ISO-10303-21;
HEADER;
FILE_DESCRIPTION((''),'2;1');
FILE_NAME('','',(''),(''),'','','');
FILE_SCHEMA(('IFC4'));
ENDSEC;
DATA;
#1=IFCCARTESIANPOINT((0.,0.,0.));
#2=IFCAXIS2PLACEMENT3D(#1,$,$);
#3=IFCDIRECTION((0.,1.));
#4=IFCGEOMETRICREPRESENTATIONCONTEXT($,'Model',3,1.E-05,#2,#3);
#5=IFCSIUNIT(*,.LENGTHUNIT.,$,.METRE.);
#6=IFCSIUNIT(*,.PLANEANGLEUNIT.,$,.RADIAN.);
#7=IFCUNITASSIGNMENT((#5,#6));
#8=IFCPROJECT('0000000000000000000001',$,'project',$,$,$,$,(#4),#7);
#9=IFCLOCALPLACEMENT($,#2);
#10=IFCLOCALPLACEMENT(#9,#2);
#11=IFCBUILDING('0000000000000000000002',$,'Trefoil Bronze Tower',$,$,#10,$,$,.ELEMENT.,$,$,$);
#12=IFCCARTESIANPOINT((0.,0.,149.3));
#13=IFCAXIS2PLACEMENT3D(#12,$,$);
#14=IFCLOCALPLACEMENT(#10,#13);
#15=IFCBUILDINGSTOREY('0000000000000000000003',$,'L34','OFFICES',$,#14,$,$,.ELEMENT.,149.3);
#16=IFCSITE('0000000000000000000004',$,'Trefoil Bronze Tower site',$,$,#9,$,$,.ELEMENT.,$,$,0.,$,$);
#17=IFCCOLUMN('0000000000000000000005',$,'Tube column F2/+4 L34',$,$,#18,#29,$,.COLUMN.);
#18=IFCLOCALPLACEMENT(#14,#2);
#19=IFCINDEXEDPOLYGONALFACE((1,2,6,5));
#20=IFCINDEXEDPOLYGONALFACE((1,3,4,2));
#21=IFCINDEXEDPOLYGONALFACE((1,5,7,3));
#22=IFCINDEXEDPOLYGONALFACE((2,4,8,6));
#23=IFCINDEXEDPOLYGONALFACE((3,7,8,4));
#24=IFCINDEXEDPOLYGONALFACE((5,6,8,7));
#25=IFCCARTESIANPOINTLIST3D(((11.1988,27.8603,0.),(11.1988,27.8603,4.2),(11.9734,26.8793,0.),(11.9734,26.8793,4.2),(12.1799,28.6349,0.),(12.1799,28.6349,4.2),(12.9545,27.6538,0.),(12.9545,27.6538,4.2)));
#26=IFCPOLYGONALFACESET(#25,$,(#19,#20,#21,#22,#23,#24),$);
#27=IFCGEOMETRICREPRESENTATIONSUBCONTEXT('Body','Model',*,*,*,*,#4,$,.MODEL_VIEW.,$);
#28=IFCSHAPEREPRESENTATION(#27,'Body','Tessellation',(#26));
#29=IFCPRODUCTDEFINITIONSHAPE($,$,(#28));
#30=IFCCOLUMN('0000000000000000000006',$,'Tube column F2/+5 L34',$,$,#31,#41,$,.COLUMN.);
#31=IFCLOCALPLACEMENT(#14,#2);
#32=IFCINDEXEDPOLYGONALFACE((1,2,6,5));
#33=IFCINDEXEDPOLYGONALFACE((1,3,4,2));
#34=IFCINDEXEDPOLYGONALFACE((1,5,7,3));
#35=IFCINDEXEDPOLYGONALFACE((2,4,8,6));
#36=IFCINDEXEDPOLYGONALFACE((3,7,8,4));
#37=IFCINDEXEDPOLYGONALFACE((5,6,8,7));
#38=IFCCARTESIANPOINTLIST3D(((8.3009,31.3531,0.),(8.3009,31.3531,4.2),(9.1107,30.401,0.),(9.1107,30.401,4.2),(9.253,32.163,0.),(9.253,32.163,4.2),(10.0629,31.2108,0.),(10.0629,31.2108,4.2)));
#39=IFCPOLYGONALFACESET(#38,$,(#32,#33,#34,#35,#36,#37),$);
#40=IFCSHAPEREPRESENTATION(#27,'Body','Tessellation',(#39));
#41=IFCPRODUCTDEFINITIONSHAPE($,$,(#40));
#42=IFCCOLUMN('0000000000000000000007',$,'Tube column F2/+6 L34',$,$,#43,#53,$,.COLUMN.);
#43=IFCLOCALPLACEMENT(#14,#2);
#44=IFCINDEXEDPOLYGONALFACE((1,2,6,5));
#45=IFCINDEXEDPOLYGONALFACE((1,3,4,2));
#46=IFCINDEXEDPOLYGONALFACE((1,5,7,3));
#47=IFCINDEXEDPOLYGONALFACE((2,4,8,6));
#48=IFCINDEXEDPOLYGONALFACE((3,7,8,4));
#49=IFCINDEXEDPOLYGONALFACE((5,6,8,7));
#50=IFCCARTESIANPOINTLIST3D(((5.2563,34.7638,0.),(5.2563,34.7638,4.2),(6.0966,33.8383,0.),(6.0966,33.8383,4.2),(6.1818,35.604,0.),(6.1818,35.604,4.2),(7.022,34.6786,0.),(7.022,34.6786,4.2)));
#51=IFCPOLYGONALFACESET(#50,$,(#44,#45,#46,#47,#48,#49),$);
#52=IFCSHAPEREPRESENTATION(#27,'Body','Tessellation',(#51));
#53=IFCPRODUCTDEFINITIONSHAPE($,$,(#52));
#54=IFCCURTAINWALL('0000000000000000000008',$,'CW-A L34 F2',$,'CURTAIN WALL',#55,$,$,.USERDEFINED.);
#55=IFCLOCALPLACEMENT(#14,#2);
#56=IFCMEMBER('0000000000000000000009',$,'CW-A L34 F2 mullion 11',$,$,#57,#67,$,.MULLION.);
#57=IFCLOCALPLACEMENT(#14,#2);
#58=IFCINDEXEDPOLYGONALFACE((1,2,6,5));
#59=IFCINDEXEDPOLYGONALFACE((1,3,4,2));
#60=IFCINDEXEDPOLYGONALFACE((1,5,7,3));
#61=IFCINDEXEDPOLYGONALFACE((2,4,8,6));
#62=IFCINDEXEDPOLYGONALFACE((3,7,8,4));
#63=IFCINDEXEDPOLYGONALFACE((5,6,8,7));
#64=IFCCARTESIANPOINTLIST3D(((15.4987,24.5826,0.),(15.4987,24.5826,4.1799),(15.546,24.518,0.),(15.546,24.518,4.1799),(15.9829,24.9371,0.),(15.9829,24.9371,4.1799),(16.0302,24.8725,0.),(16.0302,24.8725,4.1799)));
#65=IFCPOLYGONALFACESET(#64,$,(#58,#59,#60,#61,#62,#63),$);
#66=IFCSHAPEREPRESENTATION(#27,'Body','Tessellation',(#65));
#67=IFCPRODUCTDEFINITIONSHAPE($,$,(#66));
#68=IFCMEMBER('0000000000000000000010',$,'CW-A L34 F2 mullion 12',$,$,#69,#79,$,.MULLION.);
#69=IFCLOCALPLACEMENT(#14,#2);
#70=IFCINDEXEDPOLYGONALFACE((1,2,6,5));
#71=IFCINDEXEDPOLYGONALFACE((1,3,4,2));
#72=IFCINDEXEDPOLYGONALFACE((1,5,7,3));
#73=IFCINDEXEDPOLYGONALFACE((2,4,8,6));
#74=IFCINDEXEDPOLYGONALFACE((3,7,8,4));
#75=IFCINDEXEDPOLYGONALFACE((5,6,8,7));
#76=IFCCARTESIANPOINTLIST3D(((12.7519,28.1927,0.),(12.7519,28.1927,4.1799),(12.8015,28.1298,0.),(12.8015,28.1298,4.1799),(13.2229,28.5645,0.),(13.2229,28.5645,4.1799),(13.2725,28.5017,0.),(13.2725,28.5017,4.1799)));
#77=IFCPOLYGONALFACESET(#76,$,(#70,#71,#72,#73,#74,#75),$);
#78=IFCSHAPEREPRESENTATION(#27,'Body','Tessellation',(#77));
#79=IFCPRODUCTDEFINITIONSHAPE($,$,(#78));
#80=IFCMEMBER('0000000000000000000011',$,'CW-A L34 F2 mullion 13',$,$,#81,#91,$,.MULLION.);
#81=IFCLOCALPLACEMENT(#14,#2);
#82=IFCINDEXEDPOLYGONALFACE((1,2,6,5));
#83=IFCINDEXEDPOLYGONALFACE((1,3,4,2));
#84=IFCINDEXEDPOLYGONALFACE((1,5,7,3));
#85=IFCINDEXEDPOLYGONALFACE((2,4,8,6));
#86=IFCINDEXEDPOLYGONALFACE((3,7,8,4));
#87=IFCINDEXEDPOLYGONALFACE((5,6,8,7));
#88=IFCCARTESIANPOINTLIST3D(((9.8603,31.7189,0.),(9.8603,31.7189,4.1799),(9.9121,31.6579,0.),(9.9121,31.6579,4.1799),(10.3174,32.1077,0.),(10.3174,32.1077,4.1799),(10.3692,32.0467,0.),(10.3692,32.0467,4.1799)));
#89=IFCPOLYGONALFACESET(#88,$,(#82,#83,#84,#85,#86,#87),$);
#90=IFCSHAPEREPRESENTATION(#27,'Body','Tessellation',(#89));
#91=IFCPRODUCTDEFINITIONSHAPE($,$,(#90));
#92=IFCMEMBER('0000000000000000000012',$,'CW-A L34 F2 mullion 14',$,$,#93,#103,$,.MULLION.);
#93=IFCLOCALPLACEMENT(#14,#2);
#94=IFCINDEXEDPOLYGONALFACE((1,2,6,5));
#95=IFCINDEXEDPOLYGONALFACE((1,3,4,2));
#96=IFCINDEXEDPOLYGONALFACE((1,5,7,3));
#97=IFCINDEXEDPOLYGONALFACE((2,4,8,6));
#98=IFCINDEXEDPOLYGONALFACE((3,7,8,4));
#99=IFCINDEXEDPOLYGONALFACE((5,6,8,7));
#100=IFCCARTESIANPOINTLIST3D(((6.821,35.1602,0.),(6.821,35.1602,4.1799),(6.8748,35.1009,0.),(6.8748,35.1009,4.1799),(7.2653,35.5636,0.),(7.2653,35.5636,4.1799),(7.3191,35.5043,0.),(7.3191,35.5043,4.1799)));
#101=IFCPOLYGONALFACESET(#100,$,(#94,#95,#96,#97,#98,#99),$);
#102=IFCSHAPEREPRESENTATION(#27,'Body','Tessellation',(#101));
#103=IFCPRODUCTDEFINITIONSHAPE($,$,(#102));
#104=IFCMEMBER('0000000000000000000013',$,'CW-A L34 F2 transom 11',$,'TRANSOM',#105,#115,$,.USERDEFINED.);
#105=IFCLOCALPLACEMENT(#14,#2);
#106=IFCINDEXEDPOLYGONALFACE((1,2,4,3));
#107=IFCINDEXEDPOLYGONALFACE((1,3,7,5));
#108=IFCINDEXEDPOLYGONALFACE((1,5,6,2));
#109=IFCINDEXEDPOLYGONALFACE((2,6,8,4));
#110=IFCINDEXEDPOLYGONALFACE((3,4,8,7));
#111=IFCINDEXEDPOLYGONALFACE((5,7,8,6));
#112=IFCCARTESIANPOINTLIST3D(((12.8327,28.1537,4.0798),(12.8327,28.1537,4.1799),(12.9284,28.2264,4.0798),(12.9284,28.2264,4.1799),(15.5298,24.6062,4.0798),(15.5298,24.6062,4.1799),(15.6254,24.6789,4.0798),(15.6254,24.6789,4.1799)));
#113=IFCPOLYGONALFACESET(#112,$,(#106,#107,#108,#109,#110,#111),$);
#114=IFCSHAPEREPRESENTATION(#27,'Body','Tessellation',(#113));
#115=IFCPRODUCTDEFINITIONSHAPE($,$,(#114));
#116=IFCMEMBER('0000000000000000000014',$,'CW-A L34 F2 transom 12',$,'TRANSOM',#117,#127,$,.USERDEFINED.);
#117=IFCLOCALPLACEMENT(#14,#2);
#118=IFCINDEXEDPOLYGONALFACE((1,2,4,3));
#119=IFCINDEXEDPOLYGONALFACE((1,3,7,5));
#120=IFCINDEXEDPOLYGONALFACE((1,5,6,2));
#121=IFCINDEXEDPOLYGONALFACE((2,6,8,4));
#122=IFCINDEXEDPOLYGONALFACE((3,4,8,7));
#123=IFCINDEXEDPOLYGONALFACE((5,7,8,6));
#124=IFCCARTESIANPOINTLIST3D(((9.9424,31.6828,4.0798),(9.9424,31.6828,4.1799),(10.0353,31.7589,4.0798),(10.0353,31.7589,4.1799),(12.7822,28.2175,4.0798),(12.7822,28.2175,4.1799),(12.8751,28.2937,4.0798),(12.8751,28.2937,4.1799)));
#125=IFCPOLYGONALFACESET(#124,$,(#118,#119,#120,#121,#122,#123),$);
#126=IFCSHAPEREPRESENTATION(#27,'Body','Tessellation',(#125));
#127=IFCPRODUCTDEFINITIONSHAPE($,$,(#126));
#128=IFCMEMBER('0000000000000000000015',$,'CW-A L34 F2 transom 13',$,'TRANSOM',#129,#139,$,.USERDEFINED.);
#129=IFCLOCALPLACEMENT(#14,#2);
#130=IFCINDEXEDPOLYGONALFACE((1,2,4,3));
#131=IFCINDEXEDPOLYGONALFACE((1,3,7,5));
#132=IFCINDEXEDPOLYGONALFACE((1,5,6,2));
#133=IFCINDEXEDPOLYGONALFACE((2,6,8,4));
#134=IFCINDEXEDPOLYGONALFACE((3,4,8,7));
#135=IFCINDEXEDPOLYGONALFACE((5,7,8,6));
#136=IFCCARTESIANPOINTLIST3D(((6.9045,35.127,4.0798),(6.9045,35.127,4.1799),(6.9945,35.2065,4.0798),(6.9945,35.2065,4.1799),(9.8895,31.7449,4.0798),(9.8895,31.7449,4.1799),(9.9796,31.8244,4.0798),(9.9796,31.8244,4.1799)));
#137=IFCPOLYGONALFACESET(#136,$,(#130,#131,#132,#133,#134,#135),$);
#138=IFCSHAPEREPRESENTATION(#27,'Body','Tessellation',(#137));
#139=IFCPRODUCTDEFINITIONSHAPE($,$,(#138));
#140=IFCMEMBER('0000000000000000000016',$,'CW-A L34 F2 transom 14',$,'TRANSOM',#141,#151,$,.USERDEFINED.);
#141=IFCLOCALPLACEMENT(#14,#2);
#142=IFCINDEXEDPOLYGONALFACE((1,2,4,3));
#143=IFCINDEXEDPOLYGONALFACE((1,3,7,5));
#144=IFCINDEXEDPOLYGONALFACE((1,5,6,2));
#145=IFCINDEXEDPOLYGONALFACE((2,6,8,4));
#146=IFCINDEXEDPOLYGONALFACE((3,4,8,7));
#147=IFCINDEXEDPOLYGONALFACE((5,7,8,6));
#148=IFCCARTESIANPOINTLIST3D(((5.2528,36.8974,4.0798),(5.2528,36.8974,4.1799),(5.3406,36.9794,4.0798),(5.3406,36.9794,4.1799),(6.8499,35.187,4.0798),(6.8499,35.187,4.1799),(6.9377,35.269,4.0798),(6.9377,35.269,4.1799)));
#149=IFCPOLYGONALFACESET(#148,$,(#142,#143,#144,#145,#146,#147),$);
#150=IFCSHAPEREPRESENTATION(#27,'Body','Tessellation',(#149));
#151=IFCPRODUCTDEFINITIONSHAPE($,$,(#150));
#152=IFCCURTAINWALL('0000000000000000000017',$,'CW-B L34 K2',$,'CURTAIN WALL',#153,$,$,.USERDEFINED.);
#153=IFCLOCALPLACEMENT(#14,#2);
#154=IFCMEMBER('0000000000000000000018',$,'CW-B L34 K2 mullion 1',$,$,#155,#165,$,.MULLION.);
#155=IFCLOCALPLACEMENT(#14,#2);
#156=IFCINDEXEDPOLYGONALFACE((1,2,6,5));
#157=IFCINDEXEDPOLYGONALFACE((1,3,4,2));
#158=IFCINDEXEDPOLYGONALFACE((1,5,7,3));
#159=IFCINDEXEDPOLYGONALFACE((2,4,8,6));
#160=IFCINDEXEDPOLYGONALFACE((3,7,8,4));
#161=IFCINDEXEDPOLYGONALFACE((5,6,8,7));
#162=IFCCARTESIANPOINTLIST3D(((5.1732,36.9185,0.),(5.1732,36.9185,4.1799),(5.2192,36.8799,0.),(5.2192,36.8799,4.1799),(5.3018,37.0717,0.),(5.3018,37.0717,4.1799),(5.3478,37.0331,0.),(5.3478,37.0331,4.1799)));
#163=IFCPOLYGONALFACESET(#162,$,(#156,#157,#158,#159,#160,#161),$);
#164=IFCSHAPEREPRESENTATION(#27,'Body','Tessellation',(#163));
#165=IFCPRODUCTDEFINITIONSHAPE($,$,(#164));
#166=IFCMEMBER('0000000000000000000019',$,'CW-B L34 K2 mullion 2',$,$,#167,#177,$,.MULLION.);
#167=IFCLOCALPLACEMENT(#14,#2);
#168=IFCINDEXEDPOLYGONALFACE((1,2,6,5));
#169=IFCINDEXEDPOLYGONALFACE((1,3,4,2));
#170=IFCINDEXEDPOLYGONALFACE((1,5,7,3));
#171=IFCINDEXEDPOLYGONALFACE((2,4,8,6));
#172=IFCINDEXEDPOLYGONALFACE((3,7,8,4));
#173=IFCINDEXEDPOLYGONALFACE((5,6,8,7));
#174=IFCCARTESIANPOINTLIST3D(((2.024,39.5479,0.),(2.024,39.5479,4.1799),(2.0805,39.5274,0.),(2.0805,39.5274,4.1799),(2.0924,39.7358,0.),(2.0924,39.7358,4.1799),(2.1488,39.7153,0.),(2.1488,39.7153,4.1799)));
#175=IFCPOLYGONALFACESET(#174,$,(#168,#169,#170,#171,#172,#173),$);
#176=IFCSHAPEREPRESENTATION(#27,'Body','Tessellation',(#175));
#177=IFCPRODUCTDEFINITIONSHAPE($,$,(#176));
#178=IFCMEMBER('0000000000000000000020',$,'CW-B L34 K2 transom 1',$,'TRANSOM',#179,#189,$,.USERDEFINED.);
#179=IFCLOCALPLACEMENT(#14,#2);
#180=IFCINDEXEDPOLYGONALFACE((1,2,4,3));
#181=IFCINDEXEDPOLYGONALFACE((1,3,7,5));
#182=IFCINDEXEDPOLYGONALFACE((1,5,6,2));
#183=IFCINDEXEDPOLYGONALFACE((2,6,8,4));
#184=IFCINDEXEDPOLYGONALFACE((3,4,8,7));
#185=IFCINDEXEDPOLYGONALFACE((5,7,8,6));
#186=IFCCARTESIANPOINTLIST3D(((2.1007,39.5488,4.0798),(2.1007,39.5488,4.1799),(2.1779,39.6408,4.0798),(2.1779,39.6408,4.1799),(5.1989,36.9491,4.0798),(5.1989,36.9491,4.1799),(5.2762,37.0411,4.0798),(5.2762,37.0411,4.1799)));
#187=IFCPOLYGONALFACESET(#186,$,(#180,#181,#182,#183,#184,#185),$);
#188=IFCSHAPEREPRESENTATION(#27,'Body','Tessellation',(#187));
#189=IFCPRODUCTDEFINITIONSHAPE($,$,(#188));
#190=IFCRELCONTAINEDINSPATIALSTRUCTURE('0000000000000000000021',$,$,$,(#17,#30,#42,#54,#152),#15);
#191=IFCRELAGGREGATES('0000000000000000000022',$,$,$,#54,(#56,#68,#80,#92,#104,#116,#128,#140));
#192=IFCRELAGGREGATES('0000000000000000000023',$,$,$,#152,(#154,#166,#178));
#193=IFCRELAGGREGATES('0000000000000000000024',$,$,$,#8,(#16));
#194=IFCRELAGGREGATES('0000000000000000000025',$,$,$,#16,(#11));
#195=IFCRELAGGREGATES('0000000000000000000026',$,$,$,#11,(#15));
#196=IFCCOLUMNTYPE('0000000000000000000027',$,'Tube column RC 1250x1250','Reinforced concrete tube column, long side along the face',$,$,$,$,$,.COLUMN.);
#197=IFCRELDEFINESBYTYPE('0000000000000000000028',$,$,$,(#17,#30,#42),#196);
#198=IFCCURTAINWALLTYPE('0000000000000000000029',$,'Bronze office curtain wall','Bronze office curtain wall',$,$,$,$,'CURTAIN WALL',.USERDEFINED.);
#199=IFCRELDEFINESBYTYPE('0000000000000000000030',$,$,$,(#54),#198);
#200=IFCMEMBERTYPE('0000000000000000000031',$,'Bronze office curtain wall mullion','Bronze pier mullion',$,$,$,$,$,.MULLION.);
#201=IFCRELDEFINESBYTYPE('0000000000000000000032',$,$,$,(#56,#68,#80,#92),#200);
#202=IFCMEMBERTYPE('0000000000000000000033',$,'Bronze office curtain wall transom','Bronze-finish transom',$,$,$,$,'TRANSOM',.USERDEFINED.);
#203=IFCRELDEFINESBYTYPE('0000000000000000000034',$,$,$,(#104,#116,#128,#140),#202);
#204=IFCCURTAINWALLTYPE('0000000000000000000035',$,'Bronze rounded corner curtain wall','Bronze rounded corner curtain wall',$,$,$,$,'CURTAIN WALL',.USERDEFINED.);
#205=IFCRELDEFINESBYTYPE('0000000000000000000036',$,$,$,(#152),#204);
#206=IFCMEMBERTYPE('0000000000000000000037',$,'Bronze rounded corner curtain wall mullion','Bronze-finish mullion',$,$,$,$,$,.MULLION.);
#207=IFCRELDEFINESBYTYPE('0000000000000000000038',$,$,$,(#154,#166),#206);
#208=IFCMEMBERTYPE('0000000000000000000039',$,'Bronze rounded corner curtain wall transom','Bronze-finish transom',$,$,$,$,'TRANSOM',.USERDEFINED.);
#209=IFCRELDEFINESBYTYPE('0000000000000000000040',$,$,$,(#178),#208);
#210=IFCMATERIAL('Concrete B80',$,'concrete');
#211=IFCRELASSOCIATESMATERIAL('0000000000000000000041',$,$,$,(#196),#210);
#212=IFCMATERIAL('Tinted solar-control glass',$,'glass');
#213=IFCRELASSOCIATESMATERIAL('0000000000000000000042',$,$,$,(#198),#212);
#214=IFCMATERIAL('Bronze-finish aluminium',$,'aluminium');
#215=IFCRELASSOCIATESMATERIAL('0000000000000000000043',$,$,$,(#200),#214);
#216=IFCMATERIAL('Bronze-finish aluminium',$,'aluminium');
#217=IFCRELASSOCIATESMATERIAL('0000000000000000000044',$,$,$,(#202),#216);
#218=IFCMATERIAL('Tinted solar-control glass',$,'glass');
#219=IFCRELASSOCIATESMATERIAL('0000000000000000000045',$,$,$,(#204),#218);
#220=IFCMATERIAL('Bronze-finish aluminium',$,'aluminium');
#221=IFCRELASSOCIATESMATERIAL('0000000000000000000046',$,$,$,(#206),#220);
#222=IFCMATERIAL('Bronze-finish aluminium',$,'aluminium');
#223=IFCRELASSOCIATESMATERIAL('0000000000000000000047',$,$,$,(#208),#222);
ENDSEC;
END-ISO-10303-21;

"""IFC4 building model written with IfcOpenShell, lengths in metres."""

from ifc_helpers import new_model, si_unit, direction, frame, origin, origin_2d, place, context, subcontext, project, spatial, rectangle, extrude, material, material_profile, profile_set, type_object, element, aggregate, save


model = new_model("IFC4")

# Units and contexts
model_context = context("Model", 3, precision=1e-05, world=origin(), true_north=direction((0.0, 1.0)))
body_context = subcontext(model_context, "Body", "Model", "MODEL_VIEW")
ifc_project = project(units=[si_unit("LENGTHUNIT", "METRE"), si_unit("PLANEANGLEUNIT", "RADIAN")], contexts=[model_context])

# Site, building, storey
site_placement = place(None, origin())
site = spatial("IfcSite", under=ifc_project, at=site_placement, Name="Trefoil Bronze Tower site", CompositionType="ELEMENT", RefElevation=0.0)
building_placement = place(site_placement, origin())
building = spatial("IfcBuilding", under=site, at=building_placement, Name="Trefoil Bronze Tower", CompositionType="ELEMENT")
storey_placement = place(building_placement, frame((0.0, 0.0, 149.3)))
storey = spatial("IfcBuildingStorey", under=building, at=storey_placement, Name="L34", Description="OFFICES", CompositionType="ELEMENT", Elevation=149.3)

# Columns
ifc_material_1 = material(Name="Concrete B80", Category="concrete")
ifc_material_profile_1 = material_profile(ifc_material_1, rectangle(XDim=1.25, YDim=1.25, at=origin_2d()), Name="RC 1250x1250")
ifc_profile_set_1 = profile_set([ifc_material_profile_1], Name="Concrete B80")
column_type = type_object("IfcColumnType", Name="Tube column RC 1250x1250", Description="Reinforced concrete tube column, long side along the face", PredefinedType="COLUMN", material=ifc_profile_set_1)
for number, where, z_axis, x_axis, name in (
    (1, (12.0767, 27.7571, 0.0), (0.0, 0.0, 1.0), (-0.619649, 0.784879, 0.0), "Tube column F2/+4 L34"),
    (2, (9.1819, 31.282, 0.0), (0.0, 0.0, 1.0), (-0.647904, 0.761722, 0.0), "Tube column F2/+5 L34"),
    (3, (6.1392, 34.7212, 0.0), (0.0, 0.0, 1.0), (-0.67221, 0.740361, 0.0), "Tube column F2/+6 L34"),
):
    element("IfcColumn", number, at=place(storey_placement, frame(where, z_axis=z_axis, x_axis=x_axis)), inside=storey, type_object=column_type, Name=name, PredefinedType="COLUMN", context=body_context, shape_type="SweptSolid", body=[
        extrude(rectangle(XDim=1.25, YDim=1.25, at=origin_2d()), origin(), (0.0, 0.0, 1.0), 4.2),
    ])

# Curtain walls, members
ifc_material_2 = material(Name="Tinted solar-control glass", Category="glass")
curtain_wall_type_1 = type_object("IfcCurtainWallType", Name="Bronze office curtain wall", Description="Bronze office curtain wall", ElementType="CURTAIN WALL", PredefinedType="USERDEFINED", material=ifc_material_2)
curtain_wall_1_placement = place(storey_placement, origin())
curtain_wall_1 = element("IfcCurtainWall", 4, at=curtain_wall_1_placement, inside=storey, type_object=curtain_wall_type_1, Name="CW-A L34 F2", ObjectType="CURTAIN WALL", PredefinedType="USERDEFINED")
ifc_material_3 = material(Name="Bronze-finish aluminium", Category="aluminium")
ifc_material_profile_2 = material_profile(ifc_material_3, rectangle(XDim=0.6001, YDim=0.0801, at=origin_2d()), Name="CW-A mullion")
ifc_profile_set_2 = profile_set([ifc_material_profile_2], Name="Bronze-finish aluminium")
member_type_1 = type_object("IfcMemberType", Name="Bronze office curtain wall mullion", Description="Bronze pier mullion", PredefinedType="MULLION", material=ifc_profile_set_2)
member_1_placement = place(storey_placement, frame((15.7644, 24.7275, 0.0), z_axis=(0.0, 0.0, 1.0), x_axis=(-0.806875, -0.590723, 0.0)))
member_1 = element("IfcMember", 5, at=member_1_placement, type_object=member_type_1, Name="CW-A L34 F2 mullion 11", PredefinedType="MULLION", context=body_context, shape_type="SweptSolid", body=[
    extrude(rectangle(XDim=0.6001, YDim=0.0801, at=origin_2d()), origin(), (0.0, 0.0, 1.0), 4.1799),
])
member_2_placement = place(storey_placement, frame((13.0122, 28.3472, 0.0), z_axis=(0.0, 0.0, 1.0), x_axis=(-0.784879, -0.619649, 0.0)))
member_2 = element("IfcMember", 6, at=member_2_placement, type_object=member_type_1, Name="CW-A L34 F2 mullion 12", PredefinedType="MULLION", context=body_context, shape_type="SweptSolid", body=[
    extrude(rectangle(XDim=0.6001, YDim=0.0801, at=origin_2d()), origin(), (0.0, 0.0, 1.0), 4.1799),
])
member_3_placement = place(storey_placement, frame((10.1147, 31.8828, 0.0), z_axis=(0.0, 0.0, 1.0), x_axis=(-0.761722, -0.647904, 0.0)))
member_3 = element("IfcMember", 7, at=member_3_placement, type_object=member_type_1, Name="CW-A L34 F2 mullion 13", PredefinedType="MULLION", context=body_context, shape_type="SweptSolid", body=[
    extrude(rectangle(XDim=0.6001, YDim=0.0801, at=origin_2d()), origin(), (0.0, 0.0, 1.0), 4.1799),
])
member_4_placement = place(storey_placement, frame((7.0701, 35.3323, 0.0), z_axis=(0.0, 0.0, 1.0), x_axis=(-0.740361, -0.67221, 0.0)))
member_4 = element("IfcMember", 8, at=member_4_placement, type_object=member_type_1, Name="CW-A L34 F2 mullion 14", PredefinedType="MULLION", context=body_context, shape_type="SweptSolid", body=[
    extrude(rectangle(XDim=0.6001, YDim=0.0801, at=origin_2d()), origin(), (0.0, 0.0, 1.0), 4.1799),
])
ifc_material_4 = material(Name="Bronze-finish aluminium", Category="aluminium")
ifc_material_profile_3 = material_profile(ifc_material_4, rectangle(XDim=0.1201, YDim=0.1001, at=origin_2d()), Name="CW-A transom")
ifc_profile_set_3 = profile_set([ifc_material_profile_3], Name="Bronze-finish aluminium")
member_type_2 = type_object("IfcMemberType", Name="Bronze office curtain wall transom", Description="Bronze-finish transom", ElementType="TRANSOM", PredefinedType="USERDEFINED", material=ifc_profile_set_3)
member_5_placement = place(storey_placement, frame((15.5776, 24.6426, 4.1299), z_axis=(-0.605229, 0.796051, 0.0), x_axis=(-0.796051, -0.605229, 0.0)))
member_5 = element("IfcMember", 9, at=member_5_placement, type_object=member_type_2, Name="CW-A L34 F2 transom 11", ObjectType="TRANSOM", PredefinedType="USERDEFINED", context=body_context, shape_type="SweptSolid", body=[
    extrude(rectangle(XDim=0.1201, YDim=0.1001, at=origin_2d()), origin(), (0.0, 0.0, 1.0), 4.4563),
])
member_6_placement = place(storey_placement, frame((12.8286, 28.2556, 4.1299), z_axis=(-0.633849, 0.773457, 0.0), x_axis=(-0.773457, -0.633849, 0.0)))
member_6 = element("IfcMember", 10, at=member_6_placement, type_object=member_type_2, Name="CW-A L34 F2 transom 12", ObjectType="TRANSOM", PredefinedType="USERDEFINED", context=body_context, shape_type="SweptSolid", body=[
    extrude(rectangle(XDim=0.1201, YDim=0.1001, at=origin_2d()), origin(), (0.0, 0.0, 1.0), 4.4802),
])
member_7_placement = place(storey_placement, frame((9.9346, 31.7847, 4.1299), z_axis=(-0.661736, 0.749737, 0.0), x_axis=(-0.749737, -0.661736, 0.0)))
member_7 = element("IfcMember", 11, at=member_7_placement, type_object=member_type_2, Name="CW-A L34 F2 transom 13", ObjectType="TRANSOM", PredefinedType="USERDEFINED", context=body_context, shape_type="SweptSolid", body=[
    extrude(rectangle(XDim=0.1201, YDim=0.1001, at=origin_2d()), origin(), (0.0, 0.0, 1.0), 4.511),
])
member_8_placement = place(storey_placement, frame((6.8938, 35.228, 4.1299), z_axis=(-0.682489, 0.730896, 0.0), x_axis=(-0.730896, -0.682489, 0.0)))
member_8 = element("IfcMember", 12, at=member_8_placement, type_object=member_type_2, Name="CW-A L34 F2 transom 14", ObjectType="TRANSOM", PredefinedType="USERDEFINED", context=body_context, shape_type="SweptSolid", body=[
    extrude(rectangle(XDim=0.1201, YDim=0.1001, at=origin_2d()), origin(), (0.0, 0.0, 1.0), 2.3401),
])
ifc_material_5 = material(Name="Tinted solar-control glass", Category="glass")
curtain_wall_type_2 = type_object("IfcCurtainWallType", Name="Bronze rounded corner curtain wall", Description="Bronze rounded corner curtain wall", ElementType="CURTAIN WALL", PredefinedType="USERDEFINED", material=ifc_material_5)
curtain_wall_2_placement = place(storey_placement, origin())
curtain_wall_2 = element("IfcCurtainWall", 13, at=curtain_wall_2_placement, inside=storey, type_object=curtain_wall_type_2, Name="CW-B L34 K2", ObjectType="CURTAIN WALL", PredefinedType="USERDEFINED")
ifc_material_6 = material(Name="Bronze-finish aluminium", Category="aluminium")
ifc_material_profile_4 = material_profile(ifc_material_6, rectangle(XDim=0.2, YDim=0.0601, at=origin_2d()), Name="CW-B mullion")
ifc_profile_set_4 = profile_set([ifc_material_profile_4], Name="Bronze-finish aluminium")
member_type_3 = type_object("IfcMemberType", Name="Bronze rounded corner curtain wall mullion", Description="Bronze-finish mullion", PredefinedType="MULLION", material=ifc_profile_set_4)
member_9_placement = place(storey_placement, frame((5.2605, 36.9758, 0.0), z_axis=(0.0, 0.0, 1.0), x_axis=(-0.642788, -0.766044, 0.0)))
member_9 = element("IfcMember", 14, at=member_9_placement, type_object=member_type_3, Name="CW-B L34 K2 mullion 1", PredefinedType="MULLION", context=body_context, shape_type="SweptSolid", body=[
    extrude(rectangle(XDim=0.2, YDim=0.0601, at=origin_2d()), origin(), (0.0, 0.0, 1.0), 4.1799),
])
member_10_placement = place(storey_placement, frame((2.0864, 39.6316, 0.0), z_axis=(0.0, 0.0, 1.0), x_axis=(-0.34202, -0.939693, 0.0)))
member_10 = element("IfcMember", 15, at=member_10_placement, type_object=member_type_3, Name="CW-B L34 K2 mullion 2", PredefinedType="MULLION", context=body_context, shape_type="SweptSolid", body=[
    extrude(rectangle(XDim=0.2, YDim=0.0601, at=origin_2d()), origin(), (0.0, 0.0, 1.0), 4.1799),
])
ifc_material_7 = material(Name="Bronze-finish aluminium", Category="aluminium")
ifc_material_profile_5 = material_profile(ifc_material_7, rectangle(XDim=0.1201, YDim=0.1001, at=origin_2d()), Name="CW-B transom")
ifc_profile_set_5 = profile_set([ifc_material_profile_5], Name="Bronze-finish aluminium")
member_type_4 = type_object("IfcMemberType", Name="Bronze rounded corner curtain wall transom", Description="Bronze-finish transom", ElementType="TRANSOM", PredefinedType="USERDEFINED", material=ifc_profile_set_5)
member_11_placement = place(storey_placement, frame((5.2375, 36.9951, 4.1299), z_axis=(-0.76605, 0.642781, 0.0), x_axis=(-0.642781, -0.76605, 0.0)))
member_11 = element("IfcMember", 16, at=member_11_placement, type_object=member_type_4, Name="CW-B L34 K2 transom 1", ObjectType="TRANSOM", PredefinedType="USERDEFINED", context=body_context, shape_type="SweptSolid", body=[
    extrude(rectangle(XDim=0.1201, YDim=0.1001, at=origin_2d()), origin(), (0.0, 0.0, 1.0), 4.0444),
])

aggregate(curtain_wall_1, [member_1, member_2, member_3, member_4, member_5, member_6, member_7, member_8])
aggregate(curtain_wall_2, [member_9, member_10, member_11])

save(model, "model.ifc")
